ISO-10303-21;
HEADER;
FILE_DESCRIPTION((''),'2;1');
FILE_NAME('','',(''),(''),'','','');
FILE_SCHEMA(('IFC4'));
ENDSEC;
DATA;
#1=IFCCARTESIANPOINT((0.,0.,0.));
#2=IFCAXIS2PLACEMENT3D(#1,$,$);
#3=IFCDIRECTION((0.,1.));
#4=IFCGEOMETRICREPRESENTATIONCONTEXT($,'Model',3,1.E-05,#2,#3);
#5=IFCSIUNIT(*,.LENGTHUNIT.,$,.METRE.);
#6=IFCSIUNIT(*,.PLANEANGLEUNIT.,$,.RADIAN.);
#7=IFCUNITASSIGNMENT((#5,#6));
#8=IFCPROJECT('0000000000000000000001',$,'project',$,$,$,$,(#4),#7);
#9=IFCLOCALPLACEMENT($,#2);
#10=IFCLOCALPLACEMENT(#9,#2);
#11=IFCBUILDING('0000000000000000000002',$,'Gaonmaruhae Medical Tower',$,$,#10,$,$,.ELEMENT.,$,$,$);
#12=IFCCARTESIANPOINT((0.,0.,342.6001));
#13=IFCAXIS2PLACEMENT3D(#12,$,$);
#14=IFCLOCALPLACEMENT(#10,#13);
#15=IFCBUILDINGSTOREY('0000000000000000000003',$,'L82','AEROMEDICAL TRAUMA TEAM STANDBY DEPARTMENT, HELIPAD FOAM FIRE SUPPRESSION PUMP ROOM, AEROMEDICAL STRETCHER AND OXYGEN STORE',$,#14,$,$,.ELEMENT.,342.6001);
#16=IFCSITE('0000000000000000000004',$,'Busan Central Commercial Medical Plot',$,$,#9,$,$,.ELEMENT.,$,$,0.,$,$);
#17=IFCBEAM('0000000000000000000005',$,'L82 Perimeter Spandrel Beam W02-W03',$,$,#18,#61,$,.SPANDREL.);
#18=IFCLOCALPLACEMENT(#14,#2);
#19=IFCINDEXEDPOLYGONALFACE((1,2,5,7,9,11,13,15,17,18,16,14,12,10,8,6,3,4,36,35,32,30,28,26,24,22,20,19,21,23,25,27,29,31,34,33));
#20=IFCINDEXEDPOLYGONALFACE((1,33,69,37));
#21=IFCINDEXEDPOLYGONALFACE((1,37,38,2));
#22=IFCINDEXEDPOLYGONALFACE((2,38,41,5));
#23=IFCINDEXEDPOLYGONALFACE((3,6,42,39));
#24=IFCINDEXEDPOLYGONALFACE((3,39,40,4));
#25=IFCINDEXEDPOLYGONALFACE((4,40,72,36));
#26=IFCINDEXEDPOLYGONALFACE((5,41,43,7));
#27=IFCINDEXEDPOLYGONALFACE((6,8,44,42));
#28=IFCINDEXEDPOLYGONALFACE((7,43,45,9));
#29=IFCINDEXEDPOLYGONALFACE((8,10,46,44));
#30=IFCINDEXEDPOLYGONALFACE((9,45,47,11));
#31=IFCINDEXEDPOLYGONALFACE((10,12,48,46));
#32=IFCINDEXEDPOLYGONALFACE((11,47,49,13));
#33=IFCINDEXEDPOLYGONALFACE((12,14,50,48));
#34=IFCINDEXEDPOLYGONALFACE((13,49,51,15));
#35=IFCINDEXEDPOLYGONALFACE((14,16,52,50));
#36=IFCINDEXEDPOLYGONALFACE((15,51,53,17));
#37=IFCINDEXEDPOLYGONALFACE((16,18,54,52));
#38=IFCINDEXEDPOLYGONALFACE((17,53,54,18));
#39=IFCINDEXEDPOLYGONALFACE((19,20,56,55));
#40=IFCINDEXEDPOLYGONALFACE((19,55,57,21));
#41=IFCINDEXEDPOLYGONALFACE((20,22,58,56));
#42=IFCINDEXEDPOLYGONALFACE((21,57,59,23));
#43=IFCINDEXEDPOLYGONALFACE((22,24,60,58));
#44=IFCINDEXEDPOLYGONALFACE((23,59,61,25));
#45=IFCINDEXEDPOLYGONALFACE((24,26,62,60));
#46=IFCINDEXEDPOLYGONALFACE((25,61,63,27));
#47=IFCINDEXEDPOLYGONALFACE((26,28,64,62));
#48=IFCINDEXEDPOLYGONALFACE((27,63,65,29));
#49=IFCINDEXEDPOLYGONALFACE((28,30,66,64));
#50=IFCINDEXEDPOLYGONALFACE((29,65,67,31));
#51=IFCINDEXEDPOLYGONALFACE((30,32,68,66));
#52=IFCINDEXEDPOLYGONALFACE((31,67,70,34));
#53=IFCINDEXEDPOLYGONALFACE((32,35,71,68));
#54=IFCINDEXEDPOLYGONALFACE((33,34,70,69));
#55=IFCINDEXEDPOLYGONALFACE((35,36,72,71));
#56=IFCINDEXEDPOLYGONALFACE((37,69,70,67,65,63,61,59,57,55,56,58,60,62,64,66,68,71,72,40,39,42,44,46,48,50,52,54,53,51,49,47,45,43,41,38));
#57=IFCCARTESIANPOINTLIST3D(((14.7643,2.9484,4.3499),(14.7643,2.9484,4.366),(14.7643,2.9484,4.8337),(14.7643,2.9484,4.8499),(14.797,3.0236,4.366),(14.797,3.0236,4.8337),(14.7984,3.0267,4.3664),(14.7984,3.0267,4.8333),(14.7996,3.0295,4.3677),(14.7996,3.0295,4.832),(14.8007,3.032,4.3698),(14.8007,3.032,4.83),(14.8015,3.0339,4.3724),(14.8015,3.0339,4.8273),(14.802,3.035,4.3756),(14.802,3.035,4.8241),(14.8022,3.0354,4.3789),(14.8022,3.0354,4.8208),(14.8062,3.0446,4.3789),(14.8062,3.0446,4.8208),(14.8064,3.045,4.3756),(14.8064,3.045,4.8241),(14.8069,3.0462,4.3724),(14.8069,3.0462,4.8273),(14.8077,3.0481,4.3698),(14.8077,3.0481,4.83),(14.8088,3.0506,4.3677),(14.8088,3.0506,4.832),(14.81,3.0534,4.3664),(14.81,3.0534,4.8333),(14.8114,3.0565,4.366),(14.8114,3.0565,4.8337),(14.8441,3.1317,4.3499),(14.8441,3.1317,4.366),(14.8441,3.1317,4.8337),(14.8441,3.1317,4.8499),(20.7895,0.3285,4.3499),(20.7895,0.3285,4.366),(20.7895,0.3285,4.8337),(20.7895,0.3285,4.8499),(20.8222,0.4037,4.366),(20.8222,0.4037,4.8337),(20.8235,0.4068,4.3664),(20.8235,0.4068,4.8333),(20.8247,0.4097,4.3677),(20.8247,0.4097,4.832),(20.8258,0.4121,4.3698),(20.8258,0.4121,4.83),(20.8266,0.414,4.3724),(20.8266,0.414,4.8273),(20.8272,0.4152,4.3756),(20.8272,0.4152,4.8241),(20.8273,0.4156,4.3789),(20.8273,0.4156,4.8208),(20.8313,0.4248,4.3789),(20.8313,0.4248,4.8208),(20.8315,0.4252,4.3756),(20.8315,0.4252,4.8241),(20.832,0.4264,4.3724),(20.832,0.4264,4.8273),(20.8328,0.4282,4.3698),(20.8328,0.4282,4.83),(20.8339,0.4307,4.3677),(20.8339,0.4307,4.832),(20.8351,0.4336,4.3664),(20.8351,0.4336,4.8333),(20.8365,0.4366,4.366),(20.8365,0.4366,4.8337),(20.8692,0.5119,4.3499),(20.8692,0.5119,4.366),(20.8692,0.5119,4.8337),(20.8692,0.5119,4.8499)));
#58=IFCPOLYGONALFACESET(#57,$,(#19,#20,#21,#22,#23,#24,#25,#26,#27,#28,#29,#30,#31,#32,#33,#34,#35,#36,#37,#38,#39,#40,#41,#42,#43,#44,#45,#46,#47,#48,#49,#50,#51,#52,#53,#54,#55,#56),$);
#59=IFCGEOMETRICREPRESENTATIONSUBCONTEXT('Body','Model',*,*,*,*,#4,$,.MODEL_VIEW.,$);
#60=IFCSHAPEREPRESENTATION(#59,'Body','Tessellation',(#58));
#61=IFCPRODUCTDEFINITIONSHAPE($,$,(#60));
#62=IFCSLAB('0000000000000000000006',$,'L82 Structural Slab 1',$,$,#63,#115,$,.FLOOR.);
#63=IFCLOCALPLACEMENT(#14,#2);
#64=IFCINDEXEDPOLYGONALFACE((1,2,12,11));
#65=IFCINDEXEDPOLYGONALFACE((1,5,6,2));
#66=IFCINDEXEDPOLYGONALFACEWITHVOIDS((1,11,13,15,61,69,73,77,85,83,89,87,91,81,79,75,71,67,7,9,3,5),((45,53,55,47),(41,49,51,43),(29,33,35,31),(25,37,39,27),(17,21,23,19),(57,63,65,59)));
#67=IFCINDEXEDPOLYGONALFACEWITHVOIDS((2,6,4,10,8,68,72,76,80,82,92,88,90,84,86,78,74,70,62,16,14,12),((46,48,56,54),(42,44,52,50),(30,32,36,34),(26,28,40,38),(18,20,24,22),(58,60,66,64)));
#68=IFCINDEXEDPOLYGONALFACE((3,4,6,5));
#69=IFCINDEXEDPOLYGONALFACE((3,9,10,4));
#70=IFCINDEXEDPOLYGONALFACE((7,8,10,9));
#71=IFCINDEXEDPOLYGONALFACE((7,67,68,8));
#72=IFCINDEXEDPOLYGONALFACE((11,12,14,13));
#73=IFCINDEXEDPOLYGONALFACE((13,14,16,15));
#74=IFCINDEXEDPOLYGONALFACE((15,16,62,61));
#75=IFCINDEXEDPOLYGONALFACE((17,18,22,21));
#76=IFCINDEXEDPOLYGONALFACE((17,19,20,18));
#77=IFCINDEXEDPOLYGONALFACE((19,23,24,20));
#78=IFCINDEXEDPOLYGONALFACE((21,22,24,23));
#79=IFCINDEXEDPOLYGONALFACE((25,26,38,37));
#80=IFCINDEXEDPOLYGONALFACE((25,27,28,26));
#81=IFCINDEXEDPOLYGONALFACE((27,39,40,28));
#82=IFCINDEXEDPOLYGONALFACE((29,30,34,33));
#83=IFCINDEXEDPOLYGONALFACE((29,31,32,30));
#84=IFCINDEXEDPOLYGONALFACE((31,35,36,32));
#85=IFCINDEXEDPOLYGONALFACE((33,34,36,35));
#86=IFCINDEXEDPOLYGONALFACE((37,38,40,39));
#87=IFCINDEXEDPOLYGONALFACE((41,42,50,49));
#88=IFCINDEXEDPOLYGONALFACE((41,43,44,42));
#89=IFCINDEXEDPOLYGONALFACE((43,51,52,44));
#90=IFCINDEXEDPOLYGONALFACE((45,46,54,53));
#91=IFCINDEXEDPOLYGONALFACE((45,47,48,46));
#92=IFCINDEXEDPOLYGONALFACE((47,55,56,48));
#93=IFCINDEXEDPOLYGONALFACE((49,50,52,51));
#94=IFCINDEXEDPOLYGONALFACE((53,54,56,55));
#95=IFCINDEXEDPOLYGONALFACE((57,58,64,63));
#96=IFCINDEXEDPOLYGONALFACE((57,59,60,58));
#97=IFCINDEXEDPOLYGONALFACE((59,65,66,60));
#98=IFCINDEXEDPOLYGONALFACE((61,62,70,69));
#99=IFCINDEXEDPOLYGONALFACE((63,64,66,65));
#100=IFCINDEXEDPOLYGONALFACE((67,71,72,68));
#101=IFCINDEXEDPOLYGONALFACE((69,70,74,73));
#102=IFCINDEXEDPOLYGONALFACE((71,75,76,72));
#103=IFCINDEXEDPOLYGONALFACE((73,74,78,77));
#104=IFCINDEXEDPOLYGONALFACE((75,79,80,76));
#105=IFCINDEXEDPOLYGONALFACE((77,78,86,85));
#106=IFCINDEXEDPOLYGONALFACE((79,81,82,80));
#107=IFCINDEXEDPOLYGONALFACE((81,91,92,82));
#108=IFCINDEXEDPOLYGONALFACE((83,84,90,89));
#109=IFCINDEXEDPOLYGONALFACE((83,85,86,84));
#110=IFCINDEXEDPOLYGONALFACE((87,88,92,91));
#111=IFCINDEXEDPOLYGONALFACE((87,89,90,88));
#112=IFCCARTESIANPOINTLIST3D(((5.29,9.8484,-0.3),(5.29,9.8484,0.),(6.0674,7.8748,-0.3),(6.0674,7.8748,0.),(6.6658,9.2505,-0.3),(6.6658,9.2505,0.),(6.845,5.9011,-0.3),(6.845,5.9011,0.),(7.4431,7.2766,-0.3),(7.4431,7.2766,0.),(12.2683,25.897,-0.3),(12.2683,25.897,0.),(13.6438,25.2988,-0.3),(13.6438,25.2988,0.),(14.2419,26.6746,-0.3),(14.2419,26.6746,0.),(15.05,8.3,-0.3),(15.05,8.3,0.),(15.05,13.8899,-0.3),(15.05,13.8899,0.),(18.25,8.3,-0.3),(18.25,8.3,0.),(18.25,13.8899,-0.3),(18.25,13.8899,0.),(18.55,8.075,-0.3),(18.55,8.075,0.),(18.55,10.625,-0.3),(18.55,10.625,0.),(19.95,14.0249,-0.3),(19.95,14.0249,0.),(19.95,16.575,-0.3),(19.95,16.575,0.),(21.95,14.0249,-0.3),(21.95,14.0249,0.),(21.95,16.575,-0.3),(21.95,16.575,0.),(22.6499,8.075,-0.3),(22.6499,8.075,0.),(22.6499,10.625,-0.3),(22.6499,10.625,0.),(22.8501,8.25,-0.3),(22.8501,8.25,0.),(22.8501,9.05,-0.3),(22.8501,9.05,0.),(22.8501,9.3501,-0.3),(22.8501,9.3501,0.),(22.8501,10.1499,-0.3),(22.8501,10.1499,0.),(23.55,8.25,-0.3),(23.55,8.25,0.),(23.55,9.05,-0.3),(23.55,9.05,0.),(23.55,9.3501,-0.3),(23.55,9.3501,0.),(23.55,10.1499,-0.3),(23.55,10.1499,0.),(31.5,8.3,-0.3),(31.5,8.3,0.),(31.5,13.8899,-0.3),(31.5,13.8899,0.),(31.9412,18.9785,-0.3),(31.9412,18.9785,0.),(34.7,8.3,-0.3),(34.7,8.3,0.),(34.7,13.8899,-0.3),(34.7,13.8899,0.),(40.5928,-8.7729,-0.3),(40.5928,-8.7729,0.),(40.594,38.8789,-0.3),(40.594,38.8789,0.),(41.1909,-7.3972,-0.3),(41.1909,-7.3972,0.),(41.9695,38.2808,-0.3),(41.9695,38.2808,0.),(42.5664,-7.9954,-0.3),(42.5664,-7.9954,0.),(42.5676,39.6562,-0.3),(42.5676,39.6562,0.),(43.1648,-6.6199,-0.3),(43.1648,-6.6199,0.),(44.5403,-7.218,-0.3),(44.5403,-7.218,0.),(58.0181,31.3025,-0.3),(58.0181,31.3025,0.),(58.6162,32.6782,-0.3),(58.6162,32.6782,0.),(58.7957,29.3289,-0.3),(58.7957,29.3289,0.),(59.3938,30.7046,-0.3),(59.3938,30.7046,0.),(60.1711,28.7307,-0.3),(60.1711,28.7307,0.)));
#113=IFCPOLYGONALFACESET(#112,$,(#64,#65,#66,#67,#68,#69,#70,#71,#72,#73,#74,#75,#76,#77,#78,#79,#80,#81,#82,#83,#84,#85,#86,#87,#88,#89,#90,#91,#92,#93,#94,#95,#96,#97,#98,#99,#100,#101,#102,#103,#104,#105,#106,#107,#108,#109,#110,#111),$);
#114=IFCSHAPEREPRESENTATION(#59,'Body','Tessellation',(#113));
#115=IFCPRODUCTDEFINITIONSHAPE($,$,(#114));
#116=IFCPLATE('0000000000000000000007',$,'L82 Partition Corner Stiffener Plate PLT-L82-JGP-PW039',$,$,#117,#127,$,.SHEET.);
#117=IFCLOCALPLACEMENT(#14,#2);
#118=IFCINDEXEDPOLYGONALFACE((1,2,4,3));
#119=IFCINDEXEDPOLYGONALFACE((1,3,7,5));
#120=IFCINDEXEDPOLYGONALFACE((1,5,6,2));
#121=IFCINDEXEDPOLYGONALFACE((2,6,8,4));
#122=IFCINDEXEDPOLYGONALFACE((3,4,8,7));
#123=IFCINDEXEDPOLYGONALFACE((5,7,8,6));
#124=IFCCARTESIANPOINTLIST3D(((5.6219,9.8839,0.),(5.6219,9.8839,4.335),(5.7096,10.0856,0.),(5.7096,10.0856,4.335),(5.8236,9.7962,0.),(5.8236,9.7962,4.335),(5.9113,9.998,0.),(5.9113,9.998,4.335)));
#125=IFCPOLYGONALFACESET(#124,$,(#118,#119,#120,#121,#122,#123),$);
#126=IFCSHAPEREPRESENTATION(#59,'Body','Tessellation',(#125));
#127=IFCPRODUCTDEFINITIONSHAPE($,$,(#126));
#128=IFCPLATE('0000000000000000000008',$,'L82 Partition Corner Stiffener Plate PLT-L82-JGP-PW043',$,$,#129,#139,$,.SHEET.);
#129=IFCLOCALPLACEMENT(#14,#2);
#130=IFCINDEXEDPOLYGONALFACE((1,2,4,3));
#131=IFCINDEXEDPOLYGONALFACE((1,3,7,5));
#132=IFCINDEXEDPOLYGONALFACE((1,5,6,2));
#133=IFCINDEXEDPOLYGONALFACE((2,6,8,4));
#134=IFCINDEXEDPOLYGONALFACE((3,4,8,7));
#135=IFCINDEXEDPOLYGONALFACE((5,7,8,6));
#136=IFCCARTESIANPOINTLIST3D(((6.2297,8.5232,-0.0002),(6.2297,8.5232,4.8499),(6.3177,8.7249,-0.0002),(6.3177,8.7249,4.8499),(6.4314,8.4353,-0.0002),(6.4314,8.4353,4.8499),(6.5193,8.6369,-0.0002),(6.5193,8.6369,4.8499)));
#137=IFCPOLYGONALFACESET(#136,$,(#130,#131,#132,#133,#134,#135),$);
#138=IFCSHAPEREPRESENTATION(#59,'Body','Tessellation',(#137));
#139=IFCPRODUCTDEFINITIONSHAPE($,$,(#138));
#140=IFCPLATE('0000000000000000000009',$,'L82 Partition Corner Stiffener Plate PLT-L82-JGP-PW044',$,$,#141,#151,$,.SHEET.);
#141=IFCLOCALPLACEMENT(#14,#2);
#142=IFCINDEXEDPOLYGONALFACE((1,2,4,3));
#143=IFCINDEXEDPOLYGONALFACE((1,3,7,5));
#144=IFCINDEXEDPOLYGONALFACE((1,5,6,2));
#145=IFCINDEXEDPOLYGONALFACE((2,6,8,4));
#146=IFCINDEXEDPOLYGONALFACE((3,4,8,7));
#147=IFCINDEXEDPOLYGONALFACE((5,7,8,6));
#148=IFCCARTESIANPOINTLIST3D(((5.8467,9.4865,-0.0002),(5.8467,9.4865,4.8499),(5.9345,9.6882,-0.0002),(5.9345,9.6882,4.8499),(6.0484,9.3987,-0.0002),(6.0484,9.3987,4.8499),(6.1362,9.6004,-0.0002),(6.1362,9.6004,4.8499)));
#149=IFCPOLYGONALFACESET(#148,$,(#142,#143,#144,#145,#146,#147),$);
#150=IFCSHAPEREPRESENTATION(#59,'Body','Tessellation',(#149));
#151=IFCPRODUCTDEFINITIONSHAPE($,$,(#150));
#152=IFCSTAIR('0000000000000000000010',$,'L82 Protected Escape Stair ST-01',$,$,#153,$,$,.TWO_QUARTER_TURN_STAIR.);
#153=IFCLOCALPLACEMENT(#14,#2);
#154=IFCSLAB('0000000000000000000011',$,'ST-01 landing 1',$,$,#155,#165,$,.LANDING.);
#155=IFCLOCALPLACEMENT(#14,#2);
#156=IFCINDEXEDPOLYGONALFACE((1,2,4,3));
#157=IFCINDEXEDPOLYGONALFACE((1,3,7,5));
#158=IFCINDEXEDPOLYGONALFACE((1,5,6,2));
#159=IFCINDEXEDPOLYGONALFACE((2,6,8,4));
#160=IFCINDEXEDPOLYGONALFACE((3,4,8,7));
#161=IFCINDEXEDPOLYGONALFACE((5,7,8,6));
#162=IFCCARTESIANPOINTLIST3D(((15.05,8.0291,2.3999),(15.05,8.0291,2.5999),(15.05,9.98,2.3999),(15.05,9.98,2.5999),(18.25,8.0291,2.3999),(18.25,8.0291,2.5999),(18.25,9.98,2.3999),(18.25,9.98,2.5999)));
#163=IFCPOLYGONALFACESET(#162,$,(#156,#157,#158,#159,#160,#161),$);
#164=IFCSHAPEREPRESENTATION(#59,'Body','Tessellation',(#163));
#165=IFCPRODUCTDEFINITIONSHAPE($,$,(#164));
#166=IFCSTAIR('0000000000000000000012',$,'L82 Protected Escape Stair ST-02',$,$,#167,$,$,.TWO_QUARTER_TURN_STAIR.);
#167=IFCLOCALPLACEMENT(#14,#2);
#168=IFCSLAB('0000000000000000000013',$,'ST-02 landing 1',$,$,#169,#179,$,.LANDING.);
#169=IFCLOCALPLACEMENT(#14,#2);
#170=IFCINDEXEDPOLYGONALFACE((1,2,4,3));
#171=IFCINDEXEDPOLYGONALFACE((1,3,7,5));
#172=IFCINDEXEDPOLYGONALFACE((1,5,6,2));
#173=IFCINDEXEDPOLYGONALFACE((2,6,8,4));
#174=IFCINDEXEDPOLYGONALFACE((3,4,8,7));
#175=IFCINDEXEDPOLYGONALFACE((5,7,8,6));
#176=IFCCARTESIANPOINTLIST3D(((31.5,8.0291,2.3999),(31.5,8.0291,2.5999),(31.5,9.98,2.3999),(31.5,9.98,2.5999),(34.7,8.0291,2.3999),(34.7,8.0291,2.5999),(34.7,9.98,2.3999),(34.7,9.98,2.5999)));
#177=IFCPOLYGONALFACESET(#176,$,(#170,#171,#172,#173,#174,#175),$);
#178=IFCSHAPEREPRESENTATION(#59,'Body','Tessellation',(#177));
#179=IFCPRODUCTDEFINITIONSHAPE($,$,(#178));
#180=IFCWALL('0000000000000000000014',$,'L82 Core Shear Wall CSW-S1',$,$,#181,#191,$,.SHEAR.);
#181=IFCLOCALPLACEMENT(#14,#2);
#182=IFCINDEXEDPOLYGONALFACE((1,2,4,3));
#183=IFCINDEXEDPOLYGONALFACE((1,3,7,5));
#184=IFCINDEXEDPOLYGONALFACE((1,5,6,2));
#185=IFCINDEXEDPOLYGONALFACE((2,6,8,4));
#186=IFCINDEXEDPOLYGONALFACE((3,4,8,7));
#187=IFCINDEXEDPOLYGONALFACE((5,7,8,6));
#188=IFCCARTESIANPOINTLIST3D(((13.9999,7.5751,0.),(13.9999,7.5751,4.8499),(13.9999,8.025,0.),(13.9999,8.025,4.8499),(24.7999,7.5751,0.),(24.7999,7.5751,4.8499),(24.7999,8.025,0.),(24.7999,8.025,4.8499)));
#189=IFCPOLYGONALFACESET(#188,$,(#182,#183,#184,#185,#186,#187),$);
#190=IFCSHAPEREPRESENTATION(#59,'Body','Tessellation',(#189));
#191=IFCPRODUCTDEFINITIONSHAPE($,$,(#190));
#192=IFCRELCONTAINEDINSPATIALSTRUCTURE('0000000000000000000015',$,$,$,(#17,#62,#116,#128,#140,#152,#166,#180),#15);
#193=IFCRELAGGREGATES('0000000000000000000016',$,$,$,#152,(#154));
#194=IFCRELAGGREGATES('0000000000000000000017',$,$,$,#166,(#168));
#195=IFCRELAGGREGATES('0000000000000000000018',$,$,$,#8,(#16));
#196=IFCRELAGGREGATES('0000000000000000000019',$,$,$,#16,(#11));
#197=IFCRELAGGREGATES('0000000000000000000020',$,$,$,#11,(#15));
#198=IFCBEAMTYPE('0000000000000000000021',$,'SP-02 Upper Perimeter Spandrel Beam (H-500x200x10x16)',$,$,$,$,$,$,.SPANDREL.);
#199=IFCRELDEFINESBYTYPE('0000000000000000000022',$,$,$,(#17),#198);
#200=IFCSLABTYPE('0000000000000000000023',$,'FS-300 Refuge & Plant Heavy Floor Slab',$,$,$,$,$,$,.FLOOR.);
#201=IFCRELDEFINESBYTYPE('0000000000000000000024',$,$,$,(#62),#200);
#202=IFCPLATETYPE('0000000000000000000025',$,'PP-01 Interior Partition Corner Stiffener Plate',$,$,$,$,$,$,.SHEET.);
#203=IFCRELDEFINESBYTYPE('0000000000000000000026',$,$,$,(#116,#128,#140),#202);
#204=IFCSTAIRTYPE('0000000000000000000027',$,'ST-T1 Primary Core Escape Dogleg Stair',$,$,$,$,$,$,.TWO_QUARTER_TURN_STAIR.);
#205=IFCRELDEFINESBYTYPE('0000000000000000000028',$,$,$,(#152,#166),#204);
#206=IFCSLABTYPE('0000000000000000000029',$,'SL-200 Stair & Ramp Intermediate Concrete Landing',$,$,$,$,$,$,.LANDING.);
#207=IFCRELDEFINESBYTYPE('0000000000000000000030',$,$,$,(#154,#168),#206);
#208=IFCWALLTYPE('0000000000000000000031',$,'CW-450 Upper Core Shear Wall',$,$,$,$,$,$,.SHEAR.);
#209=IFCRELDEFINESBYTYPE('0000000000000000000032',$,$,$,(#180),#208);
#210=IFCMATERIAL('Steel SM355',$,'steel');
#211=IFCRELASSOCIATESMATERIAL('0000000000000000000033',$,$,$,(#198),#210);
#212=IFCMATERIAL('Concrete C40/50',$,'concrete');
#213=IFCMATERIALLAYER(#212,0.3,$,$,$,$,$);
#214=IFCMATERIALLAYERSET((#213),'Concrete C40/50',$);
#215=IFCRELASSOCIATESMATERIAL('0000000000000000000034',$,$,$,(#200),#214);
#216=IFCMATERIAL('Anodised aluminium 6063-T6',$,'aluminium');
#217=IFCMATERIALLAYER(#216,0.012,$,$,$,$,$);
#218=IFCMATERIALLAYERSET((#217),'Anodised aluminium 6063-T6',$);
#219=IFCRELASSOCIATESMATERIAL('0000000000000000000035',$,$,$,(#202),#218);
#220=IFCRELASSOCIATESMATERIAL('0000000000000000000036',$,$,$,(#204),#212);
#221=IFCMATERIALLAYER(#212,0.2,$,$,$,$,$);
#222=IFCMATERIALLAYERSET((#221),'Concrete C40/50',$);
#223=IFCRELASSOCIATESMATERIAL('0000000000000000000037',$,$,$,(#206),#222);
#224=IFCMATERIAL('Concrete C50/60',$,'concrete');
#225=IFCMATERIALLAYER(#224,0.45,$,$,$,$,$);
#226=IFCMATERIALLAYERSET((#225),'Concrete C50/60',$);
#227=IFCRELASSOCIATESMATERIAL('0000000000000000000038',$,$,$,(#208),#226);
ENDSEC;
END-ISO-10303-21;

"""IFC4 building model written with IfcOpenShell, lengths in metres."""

from ifc_helpers import new_model, si_unit, direction, frame, frame_2d, origin, origin_2d, place, context, subcontext, project, spatial, polyline, rectangle, i_section, outline, extrude, material, layer, layer_set, material_profile, profile_set, type_object, element, aggregate, save


model = new_model("IFC4")

# Units and contexts
model_context = context("Model", 3, precision=1e-05, world=origin(), true_north=direction((0.0, 1.0)))
body_context = subcontext(model_context, "Body", "Model", "MODEL_VIEW")
ifc_project = project(units=[si_unit("LENGTHUNIT", "METRE"), si_unit("PLANEANGLEUNIT", "RADIAN")], contexts=[model_context])

# Site, building, storey
site_placement = place(None, origin())
site = spatial("IfcSite", under=ifc_project, at=site_placement, Name="Busan Central Commercial Medical Plot", CompositionType="ELEMENT", RefElevation=0.0)
building_placement = place(site_placement, origin())
building = spatial("IfcBuilding", under=site, at=building_placement, Name="Gaonmaruhae Medical Tower", CompositionType="ELEMENT")
storey_placement = place(building_placement, frame((0.0, 0.0, 342.6001)))
storey = spatial("IfcBuildingStorey", under=building, at=storey_placement, Name="L82", Description="AEROMEDICAL TRAUMA TEAM STANDBY DEPARTMENT, HELIPAD FOAM FIRE SUPPRESSION PUMP ROOM, AEROMEDICAL STRETCHER AND OXYGEN STORE", CompositionType="ELEMENT", Elevation=342.6001)

# Shared definitions
ifc_material_1 = material(Name="Concrete C50/60", Category="concrete")

# Beam
ifc_material_2 = material(Name="Steel SM355", Category="steel")
ifc_material_profile_1 = material_profile(ifc_material_2, i_section(OverallWidth=0.2, OverallDepth=0.5, WebThickness=0.01, FlangeThickness=0.0161, FilletRadius=0.0129, at=origin_2d()), Name="H-500x200x10x16")
ifc_profile_set_1 = profile_set([ifc_material_profile_1], Name="Steel SM355")
beam_type_1 = type_object("IfcBeamType", Name="SP-02 Upper Perimeter Spandrel Beam (H-500x200x10x16)", PredefinedType="SPANDREL", material=ifc_profile_set_1)
beam_1_placement = place(storey_placement, frame((14.8042, 3.04, 4.5999), z_axis=(0.917056, -0.398757, 0.0), x_axis=(0.398757, 0.917056, 0.0)))
element("IfcBeam", 1, at=beam_1_placement, inside=storey, type_object=beam_type_1, Name="L82 Perimeter Spandrel Beam W02-W03", PredefinedType="SPANDREL", context=body_context, shape_type="SweptSolid", body=[
    extrude(i_section(OverallWidth=0.2, OverallDepth=0.5, WebThickness=0.01, FlangeThickness=0.0161, FilletRadius=0.0129, at=origin_2d()), origin(), (0.0, 0.0, 1.0), 6.5701),
])

# Slab
ifc_material_3 = material(Name="Concrete C40/50", Category="concrete")
ifc_layer_1 = layer(ifc_material_3, 0.3)
ifc_layer_set_1 = layer_set([ifc_layer_1], Name="Concrete C40/50")
slab_type_1 = type_object("IfcSlabType", Name="FS-300 Refuge & Plant Heavy Floor Slab", PredefinedType="FLOOR", material=ifc_layer_set_1)
slab_1_placement = place(storey_placement, frame((0.0, 0.0, -0.3)))
element("IfcSlab", 2, at=slab_1_placement, inside=storey, type_object=slab_type_1, Name="L82 Structural Slab 1", PredefinedType="FLOOR", context=body_context, shape_type="SweptSolid", body=[
    extrude(outline(polyline([(44.5403, -7.218), (60.1711, 28.7307), (58.7957, 29.3289), (59.3938, 30.7046), (58.0181, 31.3025), (58.6162, 32.6782), (42.5676, 39.6562), (41.9695, 38.2808), (40.594, 38.8789), (31.9412, 18.9785), (14.2419, 26.6746), (13.6438, 25.2988), (12.2683, 25.897), (5.29, 9.8484), (6.6658, 9.2505), (6.0674, 7.8748), (7.4431, 7.2766), (6.845, 5.9011), (40.5928, -8.7729), (41.1909, -7.3972), (42.5664, -7.9954), (43.1648, -6.6199), (44.5403, -7.218)]), holes=[polyline([(23.55, 9.05), (23.55, 8.25), (22.8501, 8.25), (22.8501, 9.05), (23.55, 9.05)]), polyline([(18.55, 8.075), (18.55, 10.625), (22.6499, 10.625), (22.6499, 8.075), (18.55, 8.075)]), polyline([(23.55, 9.3501), (22.8501, 9.3501), (22.8501, 10.1499), (23.55, 10.1499), (23.55, 9.3501)]), polyline([(15.05, 8.3), (15.05, 13.8899), (18.25, 13.8899), (18.25, 8.3), (15.05, 8.3)]), polyline([(31.5, 13.8899), (34.7, 13.8899), (34.7, 8.3), (31.5, 8.3), (31.5, 13.8899)]), polyline([(19.95, 16.575), (21.95, 16.575), (21.95, 14.0249), (19.95, 14.0249), (19.95, 16.575)])]), origin(), (0.0, 0.0, 1.0), 0.3),
])

# Plates
ifc_material_4 = material(Name="Anodised aluminium 6063-T6", Category="aluminium")
ifc_layer_2 = layer(ifc_material_4, 0.012)
ifc_layer_set_2 = layer_set([ifc_layer_2], Name="Anodised aluminium 6063-T6")
plate_type = type_object("IfcPlateType", Name="PP-01 Interior Partition Corner Stiffener Plate", PredefinedType="SHEET", material=ifc_layer_set_2)
plate_placement = place(storey_placement, frame((5.7666, 9.9409, 0.0), z_axis=(0.0, 0.0, 1.0), x_axis=(0.398525, 0.917157, 0.0)))
element("IfcPlate", 3, at=plate_placement, inside=storey, type_object=plate_type, Name="L82 Partition Corner Stiffener Plate PLT-L82-JGP-PW039", PredefinedType="SHEET", context=body_context, shape_type="SweptSolid", body=[
    extrude(rectangle(XDim=0.22, YDim=0.22, at=origin_2d()), origin(), (0.0, 0.0, 1.0), 4.335),
])
for number, where, z_axis, x_axis, name in (
    (4, (6.3745, 8.5801, -0.0002), (0.0, 0.0, 1.0), (0.399693, 0.916649, 0.0), "L82 Partition Corner Stiffener Plate PLT-L82-JGP-PW043"),
    (5, (5.9915, 9.5435, -0.0002), (0.0, 0.0, 1.0), (-0.917004, 0.398877, 0.0), "L82 Partition Corner Stiffener Plate PLT-L82-JGP-PW044"),
):
    element("IfcPlate", number, at=place(storey_placement, frame(where, z_axis=z_axis, x_axis=x_axis)), inside=storey, type_object=plate_type, Name=name, PredefinedType="SHEET", context=body_context, shape_type="SweptSolid", body=[
        extrude(rectangle(XDim=0.22, YDim=0.22, at=origin_2d()), origin(), (0.0, 0.0, 1.0), 4.8501),
    ])

# Stairs, slabs
stair_type = type_object("IfcStairType", Name="ST-T1 Primary Core Escape Dogleg Stair", PredefinedType="TWO_QUARTER_TURN_STAIR", material=ifc_material_3)
stair_1_placement = place(storey_placement, origin())
stair_1 = element("IfcStair", 6, at=stair_1_placement, inside=storey, type_object=stair_type, Name="L82 Protected Escape Stair ST-01", PredefinedType="TWO_QUARTER_TURN_STAIR")
ifc_layer_3 = layer(ifc_material_3, 0.2)
ifc_layer_set_3 = layer_set([ifc_layer_3], Name="Concrete C40/50")
slab_type_2 = type_object("IfcSlabType", Name="SL-200 Stair & Ramp Intermediate Concrete Landing", PredefinedType="LANDING", material=ifc_layer_set_3)
slab_2_placement = place(storey_placement, frame((0.0, 0.0, 2.3999)))
slab_2 = element("IfcSlab", 7, at=slab_2_placement, type_object=slab_type_2, Name="ST-01 landing 1", PredefinedType="LANDING", context=body_context, shape_type="SweptSolid", body=[
    extrude(outline(polyline([(15.05, 9.98), (15.05, 8.0291), (18.25, 8.0291), (18.25, 9.98), (15.05, 9.98)])), origin(), (0.0, 0.0, 1.0), 0.2),
])
aggregate(stair_1, [slab_2])
stair_2_placement = place(storey_placement, origin())
stair_2 = element("IfcStair", 8, at=stair_2_placement, inside=storey, type_object=stair_type, Name="L82 Protected Escape Stair ST-02", PredefinedType="TWO_QUARTER_TURN_STAIR")
slab_3_placement = place(storey_placement, frame((0.0, 0.0, 2.3999)))
slab_3 = element("IfcSlab", 9, at=slab_3_placement, type_object=slab_type_2, Name="ST-02 landing 1", PredefinedType="LANDING", context=body_context, shape_type="SweptSolid", body=[
    extrude(outline(polyline([(31.5, 9.98), (31.5, 8.0291), (34.7, 8.0291), (34.7, 9.98), (31.5, 9.98)])), origin(), (0.0, 0.0, 1.0), 0.2),
])
aggregate(stair_2, [slab_3])

# Wall
ifc_layer_4 = layer(ifc_material_1, 0.45)
ifc_layer_set_4 = layer_set([ifc_layer_4], Name="Concrete C50/60")
wall_type_1 = type_object("IfcWallType", Name="CW-450 Upper Core Shear Wall", PredefinedType="SHEAR", material=ifc_layer_set_4)
wall_1_placement = place(storey_placement, frame((14.0, 7.8, 0.0), z_axis=(0.0, 0.0, 1.0), x_axis=(1.0, 0.0, 0.0)))
element("IfcWall", 10, at=wall_1_placement, inside=storey, type_object=wall_type_1, Name="L82 Core Shear Wall CSW-S1", PredefinedType="SHEAR", context=body_context, shape_type="SweptSolid", body=[
    extrude(rectangle(XDim=10.8, YDim=0.45, at=frame_2d((5.3999, 0.0))), origin(), (0.0, 0.0, 1.0), 4.8499),
])

save(model, "model.ifc")
